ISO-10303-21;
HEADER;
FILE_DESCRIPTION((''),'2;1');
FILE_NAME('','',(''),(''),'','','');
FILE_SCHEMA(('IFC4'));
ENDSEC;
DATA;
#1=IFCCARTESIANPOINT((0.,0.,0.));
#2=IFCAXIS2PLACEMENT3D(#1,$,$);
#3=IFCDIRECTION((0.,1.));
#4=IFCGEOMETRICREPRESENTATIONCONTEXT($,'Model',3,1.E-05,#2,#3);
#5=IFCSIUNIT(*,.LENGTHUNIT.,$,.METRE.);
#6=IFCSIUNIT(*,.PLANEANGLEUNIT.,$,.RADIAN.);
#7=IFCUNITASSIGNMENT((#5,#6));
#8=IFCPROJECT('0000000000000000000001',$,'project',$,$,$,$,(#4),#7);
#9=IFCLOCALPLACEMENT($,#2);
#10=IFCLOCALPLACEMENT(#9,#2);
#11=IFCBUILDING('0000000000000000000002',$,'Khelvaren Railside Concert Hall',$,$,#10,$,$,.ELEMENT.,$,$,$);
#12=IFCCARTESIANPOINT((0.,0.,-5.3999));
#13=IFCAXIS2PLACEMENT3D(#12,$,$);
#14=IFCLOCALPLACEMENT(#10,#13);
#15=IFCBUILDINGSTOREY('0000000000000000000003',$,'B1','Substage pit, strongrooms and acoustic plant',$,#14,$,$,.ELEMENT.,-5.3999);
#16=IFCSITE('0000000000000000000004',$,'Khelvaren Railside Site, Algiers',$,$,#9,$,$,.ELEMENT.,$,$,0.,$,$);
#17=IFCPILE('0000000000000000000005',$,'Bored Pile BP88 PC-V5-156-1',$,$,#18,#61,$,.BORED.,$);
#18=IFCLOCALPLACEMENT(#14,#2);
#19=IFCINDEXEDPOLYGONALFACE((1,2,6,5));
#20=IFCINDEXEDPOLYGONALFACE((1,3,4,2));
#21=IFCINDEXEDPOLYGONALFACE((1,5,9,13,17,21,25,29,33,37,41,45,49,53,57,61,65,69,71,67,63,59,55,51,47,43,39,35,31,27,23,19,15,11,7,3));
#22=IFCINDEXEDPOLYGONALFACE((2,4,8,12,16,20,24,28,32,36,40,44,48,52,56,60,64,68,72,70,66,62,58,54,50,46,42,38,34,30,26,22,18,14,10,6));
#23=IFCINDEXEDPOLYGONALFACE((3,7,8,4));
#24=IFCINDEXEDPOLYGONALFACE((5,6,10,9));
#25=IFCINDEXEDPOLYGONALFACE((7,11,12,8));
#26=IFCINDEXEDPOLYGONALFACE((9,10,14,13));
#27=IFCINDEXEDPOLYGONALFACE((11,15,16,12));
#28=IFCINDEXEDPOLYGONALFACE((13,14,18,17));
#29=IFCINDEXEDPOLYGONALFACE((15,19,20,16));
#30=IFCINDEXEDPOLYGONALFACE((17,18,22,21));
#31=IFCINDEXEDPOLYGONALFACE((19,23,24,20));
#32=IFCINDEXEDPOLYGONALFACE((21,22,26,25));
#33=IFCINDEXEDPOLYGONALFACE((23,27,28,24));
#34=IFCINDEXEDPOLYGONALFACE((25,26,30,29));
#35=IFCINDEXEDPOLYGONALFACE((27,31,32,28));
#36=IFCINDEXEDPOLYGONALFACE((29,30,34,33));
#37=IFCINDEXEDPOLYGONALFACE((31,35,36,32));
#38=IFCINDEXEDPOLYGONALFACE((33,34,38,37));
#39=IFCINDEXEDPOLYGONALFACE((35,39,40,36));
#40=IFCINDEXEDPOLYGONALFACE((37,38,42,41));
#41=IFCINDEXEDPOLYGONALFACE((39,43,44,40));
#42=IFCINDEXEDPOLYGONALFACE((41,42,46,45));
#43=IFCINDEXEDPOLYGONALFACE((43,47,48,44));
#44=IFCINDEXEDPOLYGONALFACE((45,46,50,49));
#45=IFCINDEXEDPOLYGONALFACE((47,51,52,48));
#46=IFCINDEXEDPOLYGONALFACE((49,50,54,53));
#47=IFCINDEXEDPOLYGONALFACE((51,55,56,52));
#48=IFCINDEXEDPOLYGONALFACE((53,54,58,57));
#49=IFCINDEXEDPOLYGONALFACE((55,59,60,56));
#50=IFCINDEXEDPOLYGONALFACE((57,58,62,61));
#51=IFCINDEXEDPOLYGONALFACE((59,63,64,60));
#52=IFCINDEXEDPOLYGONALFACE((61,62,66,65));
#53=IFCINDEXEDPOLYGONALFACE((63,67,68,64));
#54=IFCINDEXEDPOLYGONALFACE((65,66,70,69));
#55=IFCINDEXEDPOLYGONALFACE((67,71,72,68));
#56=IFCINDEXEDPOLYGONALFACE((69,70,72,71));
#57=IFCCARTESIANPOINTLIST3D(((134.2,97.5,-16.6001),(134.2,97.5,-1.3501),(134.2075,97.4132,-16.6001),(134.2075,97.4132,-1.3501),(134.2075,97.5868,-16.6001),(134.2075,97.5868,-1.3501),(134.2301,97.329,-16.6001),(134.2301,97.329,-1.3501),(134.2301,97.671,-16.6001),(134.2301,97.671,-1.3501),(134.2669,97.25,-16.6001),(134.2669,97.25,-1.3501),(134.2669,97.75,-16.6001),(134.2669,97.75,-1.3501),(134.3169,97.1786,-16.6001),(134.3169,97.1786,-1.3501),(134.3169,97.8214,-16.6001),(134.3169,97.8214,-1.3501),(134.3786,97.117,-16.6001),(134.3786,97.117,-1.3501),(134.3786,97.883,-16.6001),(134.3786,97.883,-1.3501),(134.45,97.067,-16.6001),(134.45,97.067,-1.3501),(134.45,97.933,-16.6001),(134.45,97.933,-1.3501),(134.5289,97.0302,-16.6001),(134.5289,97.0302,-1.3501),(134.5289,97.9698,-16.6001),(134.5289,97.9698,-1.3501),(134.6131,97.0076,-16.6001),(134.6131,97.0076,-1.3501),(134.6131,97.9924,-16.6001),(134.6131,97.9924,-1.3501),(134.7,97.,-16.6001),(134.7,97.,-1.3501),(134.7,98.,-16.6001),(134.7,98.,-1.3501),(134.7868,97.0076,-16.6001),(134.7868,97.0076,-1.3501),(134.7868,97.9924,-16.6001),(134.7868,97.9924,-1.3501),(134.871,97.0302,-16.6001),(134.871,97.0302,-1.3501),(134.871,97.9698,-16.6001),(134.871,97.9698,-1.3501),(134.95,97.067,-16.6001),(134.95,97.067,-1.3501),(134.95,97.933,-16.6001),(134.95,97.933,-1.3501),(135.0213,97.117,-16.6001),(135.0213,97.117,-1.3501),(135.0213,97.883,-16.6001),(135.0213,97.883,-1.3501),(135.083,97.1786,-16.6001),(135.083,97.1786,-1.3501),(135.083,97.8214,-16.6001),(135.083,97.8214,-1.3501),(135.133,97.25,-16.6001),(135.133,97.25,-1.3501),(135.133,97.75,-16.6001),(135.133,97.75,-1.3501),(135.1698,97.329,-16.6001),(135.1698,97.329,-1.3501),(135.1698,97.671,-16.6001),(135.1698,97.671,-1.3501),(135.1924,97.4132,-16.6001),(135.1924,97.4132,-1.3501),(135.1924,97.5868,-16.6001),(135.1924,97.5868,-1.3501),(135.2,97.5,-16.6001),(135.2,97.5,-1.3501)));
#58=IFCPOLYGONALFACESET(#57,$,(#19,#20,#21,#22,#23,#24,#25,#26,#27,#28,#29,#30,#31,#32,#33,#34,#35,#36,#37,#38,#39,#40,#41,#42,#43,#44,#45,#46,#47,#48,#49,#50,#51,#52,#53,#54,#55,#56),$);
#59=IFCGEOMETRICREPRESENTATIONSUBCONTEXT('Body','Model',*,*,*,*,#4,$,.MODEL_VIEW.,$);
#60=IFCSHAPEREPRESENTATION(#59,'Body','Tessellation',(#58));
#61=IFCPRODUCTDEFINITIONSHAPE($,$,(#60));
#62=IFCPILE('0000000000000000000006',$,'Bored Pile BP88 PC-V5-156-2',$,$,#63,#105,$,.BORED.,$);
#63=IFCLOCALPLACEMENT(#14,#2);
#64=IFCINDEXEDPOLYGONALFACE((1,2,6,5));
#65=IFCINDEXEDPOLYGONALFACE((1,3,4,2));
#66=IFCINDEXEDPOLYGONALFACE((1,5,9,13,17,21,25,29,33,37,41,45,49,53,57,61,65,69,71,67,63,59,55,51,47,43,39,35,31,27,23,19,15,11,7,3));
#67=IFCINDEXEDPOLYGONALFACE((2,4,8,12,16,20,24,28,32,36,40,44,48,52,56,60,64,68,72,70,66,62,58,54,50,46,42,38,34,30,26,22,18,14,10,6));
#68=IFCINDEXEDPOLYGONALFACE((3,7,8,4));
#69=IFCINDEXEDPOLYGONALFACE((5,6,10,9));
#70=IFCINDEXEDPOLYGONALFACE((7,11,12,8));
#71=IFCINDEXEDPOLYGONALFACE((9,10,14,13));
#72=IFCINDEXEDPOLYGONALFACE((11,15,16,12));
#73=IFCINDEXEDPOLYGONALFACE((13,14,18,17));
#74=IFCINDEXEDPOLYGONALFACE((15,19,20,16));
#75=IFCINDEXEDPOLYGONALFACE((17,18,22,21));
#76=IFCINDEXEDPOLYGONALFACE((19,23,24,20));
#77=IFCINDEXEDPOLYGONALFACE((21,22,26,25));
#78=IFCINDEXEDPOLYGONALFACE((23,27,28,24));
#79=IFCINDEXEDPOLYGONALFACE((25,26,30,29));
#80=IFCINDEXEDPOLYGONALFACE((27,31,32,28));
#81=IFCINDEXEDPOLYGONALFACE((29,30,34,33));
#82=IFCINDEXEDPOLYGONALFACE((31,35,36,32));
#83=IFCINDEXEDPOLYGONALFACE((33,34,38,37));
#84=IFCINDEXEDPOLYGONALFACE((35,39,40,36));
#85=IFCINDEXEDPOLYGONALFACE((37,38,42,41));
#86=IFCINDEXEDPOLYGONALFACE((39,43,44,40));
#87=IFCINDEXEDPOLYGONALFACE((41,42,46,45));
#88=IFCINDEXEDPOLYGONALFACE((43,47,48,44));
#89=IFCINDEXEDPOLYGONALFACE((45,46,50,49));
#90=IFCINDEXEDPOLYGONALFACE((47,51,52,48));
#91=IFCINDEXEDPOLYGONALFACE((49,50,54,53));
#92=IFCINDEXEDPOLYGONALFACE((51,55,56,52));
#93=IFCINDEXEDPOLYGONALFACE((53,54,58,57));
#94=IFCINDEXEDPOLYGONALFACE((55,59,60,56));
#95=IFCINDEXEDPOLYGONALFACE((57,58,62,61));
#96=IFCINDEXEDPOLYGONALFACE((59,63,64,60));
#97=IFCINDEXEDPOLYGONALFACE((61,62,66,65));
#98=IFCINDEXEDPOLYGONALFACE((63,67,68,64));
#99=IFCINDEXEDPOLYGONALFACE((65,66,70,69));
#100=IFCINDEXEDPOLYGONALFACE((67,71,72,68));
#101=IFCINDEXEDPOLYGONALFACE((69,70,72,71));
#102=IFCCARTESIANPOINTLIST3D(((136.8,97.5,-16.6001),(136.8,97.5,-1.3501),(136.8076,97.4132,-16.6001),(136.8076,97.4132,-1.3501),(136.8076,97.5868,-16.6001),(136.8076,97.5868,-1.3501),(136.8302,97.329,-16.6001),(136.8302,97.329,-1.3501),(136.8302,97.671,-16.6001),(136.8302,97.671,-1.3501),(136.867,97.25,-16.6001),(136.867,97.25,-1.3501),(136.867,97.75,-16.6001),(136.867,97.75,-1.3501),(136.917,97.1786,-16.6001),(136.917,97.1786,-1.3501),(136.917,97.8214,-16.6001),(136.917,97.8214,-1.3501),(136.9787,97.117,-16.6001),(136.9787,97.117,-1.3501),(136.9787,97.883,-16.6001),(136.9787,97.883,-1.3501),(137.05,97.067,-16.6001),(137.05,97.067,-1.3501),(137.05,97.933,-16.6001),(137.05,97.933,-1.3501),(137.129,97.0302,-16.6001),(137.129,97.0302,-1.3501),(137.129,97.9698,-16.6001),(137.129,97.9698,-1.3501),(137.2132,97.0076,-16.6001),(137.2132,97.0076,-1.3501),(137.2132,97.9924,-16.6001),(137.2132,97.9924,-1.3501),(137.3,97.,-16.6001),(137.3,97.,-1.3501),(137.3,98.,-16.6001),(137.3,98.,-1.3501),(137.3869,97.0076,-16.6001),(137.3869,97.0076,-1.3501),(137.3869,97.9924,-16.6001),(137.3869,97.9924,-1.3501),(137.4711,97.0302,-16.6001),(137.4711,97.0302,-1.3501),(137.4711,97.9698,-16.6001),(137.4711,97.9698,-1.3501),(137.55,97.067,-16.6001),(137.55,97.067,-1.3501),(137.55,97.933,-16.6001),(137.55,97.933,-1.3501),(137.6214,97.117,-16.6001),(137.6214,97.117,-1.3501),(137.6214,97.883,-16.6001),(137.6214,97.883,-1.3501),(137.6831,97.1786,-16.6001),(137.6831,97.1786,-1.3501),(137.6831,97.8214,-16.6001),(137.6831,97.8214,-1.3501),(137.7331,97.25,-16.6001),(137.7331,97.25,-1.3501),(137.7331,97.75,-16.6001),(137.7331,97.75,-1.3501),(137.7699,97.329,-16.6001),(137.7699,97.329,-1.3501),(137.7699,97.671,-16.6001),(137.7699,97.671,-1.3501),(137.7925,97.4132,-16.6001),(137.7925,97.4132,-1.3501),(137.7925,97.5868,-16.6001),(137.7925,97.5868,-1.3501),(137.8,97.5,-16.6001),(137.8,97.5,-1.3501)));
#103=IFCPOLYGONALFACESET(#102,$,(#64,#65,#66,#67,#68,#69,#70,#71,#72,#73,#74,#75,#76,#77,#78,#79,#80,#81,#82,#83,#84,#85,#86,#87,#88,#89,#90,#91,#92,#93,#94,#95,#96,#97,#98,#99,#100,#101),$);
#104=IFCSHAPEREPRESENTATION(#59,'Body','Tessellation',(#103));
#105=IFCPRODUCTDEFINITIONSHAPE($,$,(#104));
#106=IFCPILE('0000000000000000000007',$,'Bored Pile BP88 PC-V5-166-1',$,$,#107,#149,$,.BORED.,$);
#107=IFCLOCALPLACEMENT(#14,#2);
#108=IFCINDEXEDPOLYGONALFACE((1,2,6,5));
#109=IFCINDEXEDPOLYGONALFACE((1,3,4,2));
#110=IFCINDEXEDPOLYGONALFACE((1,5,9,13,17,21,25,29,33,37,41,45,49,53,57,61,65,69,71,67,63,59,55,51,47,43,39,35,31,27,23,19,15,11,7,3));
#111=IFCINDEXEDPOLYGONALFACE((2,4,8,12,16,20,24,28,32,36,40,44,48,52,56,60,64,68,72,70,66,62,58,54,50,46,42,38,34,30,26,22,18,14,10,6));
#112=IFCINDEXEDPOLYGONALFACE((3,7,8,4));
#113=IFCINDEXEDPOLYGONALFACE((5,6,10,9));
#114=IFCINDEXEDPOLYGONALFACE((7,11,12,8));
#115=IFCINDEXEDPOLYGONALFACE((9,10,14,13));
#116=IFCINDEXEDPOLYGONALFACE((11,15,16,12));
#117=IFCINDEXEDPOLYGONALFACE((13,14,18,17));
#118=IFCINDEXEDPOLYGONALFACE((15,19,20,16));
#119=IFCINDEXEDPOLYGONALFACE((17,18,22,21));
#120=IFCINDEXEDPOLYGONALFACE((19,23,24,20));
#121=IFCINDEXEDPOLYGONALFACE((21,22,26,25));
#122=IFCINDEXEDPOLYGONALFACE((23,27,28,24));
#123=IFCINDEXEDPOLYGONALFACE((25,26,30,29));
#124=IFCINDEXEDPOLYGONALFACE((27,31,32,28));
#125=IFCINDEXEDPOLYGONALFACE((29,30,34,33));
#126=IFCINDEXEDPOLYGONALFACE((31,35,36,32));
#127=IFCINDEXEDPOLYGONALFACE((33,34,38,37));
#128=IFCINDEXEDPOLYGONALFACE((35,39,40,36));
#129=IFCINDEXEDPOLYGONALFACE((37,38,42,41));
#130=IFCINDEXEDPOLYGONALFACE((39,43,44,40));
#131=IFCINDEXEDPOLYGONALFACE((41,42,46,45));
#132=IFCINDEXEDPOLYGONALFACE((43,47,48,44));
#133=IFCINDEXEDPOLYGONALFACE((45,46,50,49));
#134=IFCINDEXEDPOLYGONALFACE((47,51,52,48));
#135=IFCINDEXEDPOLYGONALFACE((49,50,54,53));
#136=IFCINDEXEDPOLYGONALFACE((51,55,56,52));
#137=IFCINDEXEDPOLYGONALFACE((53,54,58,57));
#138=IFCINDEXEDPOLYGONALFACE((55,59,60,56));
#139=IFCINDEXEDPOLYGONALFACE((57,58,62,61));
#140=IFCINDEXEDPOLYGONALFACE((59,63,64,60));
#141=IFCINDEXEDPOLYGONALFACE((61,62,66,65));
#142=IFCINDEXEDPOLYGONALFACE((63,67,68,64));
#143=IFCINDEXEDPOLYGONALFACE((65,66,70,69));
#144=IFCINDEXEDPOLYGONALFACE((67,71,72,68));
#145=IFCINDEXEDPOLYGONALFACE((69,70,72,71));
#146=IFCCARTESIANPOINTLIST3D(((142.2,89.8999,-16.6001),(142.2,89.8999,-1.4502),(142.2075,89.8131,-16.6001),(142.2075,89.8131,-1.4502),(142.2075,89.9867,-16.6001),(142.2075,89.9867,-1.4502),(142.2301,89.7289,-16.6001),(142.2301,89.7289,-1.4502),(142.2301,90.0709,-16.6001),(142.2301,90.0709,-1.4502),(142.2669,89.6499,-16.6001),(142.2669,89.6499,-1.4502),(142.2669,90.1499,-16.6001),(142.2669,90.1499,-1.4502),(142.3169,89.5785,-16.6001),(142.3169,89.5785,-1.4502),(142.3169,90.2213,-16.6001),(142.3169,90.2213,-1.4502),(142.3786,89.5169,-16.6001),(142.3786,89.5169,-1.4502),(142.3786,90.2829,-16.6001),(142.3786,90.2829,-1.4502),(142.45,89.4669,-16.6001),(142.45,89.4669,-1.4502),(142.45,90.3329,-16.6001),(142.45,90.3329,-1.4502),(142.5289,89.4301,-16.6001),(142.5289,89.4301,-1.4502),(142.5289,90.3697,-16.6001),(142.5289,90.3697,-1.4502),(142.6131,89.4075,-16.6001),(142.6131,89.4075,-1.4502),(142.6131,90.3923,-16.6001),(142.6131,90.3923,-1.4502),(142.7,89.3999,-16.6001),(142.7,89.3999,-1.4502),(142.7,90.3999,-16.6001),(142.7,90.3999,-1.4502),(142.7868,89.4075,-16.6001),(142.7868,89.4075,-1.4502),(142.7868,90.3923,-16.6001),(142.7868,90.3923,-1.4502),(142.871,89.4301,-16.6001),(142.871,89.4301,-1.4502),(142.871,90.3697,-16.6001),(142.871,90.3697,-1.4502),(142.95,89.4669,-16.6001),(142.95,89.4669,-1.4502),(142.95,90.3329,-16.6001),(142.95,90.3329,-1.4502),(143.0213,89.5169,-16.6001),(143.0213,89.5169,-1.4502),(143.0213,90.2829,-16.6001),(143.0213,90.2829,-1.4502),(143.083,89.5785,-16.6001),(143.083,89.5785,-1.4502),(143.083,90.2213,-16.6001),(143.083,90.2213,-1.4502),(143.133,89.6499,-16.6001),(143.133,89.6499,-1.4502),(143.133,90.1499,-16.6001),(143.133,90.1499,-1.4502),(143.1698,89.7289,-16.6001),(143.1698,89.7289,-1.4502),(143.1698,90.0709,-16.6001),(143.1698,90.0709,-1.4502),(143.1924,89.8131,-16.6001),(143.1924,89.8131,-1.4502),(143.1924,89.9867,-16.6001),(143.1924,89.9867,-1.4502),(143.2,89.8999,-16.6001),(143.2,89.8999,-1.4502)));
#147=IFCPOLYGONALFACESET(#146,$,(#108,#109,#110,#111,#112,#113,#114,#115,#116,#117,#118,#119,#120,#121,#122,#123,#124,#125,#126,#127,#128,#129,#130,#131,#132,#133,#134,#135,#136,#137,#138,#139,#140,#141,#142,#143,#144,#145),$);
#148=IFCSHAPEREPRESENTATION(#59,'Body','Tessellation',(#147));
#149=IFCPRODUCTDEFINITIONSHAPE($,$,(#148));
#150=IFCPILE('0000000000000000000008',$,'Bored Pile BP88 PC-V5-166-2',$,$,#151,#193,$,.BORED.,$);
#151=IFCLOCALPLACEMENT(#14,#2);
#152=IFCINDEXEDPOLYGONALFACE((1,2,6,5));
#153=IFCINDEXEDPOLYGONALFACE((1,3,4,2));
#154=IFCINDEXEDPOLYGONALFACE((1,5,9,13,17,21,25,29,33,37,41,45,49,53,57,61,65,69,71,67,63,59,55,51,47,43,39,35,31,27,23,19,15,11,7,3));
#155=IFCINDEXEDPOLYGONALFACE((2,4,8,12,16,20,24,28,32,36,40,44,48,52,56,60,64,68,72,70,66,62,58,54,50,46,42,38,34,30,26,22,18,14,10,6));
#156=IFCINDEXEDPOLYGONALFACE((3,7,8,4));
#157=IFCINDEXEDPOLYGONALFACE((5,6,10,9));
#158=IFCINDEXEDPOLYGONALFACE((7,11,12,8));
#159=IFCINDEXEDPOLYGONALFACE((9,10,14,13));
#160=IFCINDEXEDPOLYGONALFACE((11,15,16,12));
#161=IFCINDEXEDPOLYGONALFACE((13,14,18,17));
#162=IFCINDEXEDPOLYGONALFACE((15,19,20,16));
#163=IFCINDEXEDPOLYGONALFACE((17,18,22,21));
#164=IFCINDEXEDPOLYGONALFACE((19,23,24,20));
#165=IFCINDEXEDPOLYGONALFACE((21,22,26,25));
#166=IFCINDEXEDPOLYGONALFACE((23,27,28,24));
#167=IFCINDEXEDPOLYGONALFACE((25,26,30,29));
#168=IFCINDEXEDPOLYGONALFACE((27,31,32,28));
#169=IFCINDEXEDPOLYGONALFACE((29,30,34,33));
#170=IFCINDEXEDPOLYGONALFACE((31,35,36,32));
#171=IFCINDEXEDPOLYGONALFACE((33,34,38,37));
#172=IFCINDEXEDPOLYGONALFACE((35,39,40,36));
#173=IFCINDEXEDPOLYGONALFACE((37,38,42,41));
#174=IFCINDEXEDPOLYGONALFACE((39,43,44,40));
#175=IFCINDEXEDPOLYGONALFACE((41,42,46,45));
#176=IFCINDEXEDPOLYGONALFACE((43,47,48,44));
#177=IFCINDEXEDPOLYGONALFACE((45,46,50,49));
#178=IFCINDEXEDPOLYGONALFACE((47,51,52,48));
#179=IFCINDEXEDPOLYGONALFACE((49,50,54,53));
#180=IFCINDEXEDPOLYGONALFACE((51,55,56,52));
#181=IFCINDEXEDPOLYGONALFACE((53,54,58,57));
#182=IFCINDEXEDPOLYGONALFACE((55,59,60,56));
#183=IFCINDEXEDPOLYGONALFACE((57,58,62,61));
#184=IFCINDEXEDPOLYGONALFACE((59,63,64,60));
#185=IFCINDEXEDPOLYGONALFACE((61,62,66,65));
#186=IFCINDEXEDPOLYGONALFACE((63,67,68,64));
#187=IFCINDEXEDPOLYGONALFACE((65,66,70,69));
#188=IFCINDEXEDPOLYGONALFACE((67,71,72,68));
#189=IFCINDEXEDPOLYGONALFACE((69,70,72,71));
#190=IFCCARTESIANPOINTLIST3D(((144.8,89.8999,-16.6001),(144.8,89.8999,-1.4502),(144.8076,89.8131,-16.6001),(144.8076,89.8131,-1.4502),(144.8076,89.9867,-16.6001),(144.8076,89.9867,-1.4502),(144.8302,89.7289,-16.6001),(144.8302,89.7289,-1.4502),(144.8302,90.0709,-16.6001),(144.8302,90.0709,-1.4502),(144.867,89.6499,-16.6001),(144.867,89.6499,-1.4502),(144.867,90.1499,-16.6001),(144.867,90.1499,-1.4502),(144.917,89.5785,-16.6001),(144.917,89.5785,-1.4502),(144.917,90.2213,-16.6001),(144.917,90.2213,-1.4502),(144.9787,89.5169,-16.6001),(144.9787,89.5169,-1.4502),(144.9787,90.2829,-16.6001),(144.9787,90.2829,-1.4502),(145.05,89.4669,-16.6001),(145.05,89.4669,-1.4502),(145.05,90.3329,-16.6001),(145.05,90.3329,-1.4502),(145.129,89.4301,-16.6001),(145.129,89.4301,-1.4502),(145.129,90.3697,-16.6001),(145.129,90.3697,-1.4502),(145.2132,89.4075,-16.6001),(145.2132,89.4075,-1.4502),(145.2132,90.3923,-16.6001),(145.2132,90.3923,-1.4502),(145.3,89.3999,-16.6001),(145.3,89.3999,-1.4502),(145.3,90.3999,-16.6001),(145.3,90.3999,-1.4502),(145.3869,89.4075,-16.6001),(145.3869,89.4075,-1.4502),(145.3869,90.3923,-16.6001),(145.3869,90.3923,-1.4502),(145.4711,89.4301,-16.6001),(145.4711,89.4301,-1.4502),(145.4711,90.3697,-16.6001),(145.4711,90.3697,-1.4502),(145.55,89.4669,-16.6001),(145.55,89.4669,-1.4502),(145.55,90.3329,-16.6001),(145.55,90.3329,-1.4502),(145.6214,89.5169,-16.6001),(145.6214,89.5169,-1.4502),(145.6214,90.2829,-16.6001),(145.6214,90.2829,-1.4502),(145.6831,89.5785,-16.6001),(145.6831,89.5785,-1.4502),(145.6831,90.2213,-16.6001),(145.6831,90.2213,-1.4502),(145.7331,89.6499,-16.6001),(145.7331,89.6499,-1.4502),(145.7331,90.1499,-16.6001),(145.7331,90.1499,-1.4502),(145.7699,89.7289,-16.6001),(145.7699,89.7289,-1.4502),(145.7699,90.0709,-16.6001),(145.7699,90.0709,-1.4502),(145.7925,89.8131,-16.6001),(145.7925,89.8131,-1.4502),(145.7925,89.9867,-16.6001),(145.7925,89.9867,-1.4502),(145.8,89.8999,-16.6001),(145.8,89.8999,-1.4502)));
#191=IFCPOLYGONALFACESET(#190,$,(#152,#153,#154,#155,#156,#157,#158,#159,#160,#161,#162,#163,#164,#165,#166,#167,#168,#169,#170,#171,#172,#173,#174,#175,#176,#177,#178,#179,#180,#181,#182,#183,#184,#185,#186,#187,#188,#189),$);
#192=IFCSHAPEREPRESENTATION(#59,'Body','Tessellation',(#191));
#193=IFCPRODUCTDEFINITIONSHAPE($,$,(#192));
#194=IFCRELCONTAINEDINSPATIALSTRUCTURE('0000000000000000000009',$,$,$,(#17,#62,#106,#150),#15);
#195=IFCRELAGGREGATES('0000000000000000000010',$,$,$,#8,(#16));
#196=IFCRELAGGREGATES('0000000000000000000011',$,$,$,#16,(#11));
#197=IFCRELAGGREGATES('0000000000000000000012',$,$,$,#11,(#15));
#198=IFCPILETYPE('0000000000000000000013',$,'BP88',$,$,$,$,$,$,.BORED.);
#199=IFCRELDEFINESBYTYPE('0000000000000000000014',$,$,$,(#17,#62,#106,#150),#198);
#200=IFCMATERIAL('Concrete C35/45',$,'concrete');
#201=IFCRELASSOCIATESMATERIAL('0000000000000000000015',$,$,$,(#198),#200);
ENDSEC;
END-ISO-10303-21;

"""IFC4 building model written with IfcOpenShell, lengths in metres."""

from ifc_helpers import new_model, si_unit, direction, frame, origin, origin_2d, place, context, subcontext, project, spatial, circle, extrude, material, material_profile, profile_set, type_object, element, save


model = new_model("IFC4")

# Units and contexts
model_context = context("Model", 3, precision=1e-05, world=origin(), true_north=direction((0.0, 1.0)))
body_context = subcontext(model_context, "Body", "Model", "MODEL_VIEW")
ifc_project = project(units=[si_unit("LENGTHUNIT", "METRE"), si_unit("PLANEANGLEUNIT", "RADIAN")], contexts=[model_context])

# Site, building, storey
site_placement = place(None, origin())
site = spatial("IfcSite", under=ifc_project, at=site_placement, Name="Khelvaren Railside Site, Algiers", CompositionType="ELEMENT", RefElevation=0.0)
building_placement = place(site_placement, origin())
building = spatial("IfcBuilding", under=site, at=building_placement, Name="Khelvaren Railside Concert Hall", CompositionType="ELEMENT")
storey_placement = place(building_placement, frame((0.0, 0.0, -5.3999)))
storey = spatial("IfcBuildingStorey", under=building, at=storey_placement, Name="B1", Description="Substage pit, strongrooms and acoustic plant", CompositionType="ELEMENT", Elevation=-5.3999)

# Piles
ifc_material_1 = material(Name="Concrete C35/45", Category="concrete")
ifc_material_profile_1 = material_profile(ifc_material_1, circle(Radius=0.5, at=origin_2d()), Name="BP D1000")
ifc_profile_set_1 = profile_set([ifc_material_profile_1], Name="Concrete C35/45")
pile_type_1 = type_object("IfcPileType", Name="BP88", PredefinedType="BORED", material=ifc_profile_set_1)
for number, where, z_axis, x_axis, name in (
    (1, (134.7, 97.5, -1.3501), (0.0, 0.0, -1.0), (1.0, 0.0, 0.0), "Bored Pile BP88 PC-V5-156-1"),
    (2, (137.3, 97.5, -1.3501), (0.0, 0.0, -1.0), (1.0, 0.0, 0.0), "Bored Pile BP88 PC-V5-156-2"),
):
    element("IfcPile", number, at=place(storey_placement, frame(where, z_axis=z_axis, x_axis=x_axis)), inside=storey, type_object=pile_type_1, Name=name, PredefinedType="BORED", context=body_context, shape_type="SweptSolid", body=[
        extrude(circle(Radius=0.5, at=origin_2d()), origin(), (0.0, 0.0, 1.0), 15.25),
    ])
for number, where, z_axis, x_axis, name in (
    (3, (142.7, 89.8999, -1.4502), (0.0, 0.0, -1.0), (1.0, 0.0, 0.0), "Bored Pile BP88 PC-V5-166-1"),
    (4, (145.3, 89.8999, -1.4502), (0.0, 0.0, -1.0), (1.0, 0.0, 0.0), "Bored Pile BP88 PC-V5-166-2"),
):
    element("IfcPile", number, at=place(storey_placement, frame(where, z_axis=z_axis, x_axis=x_axis)), inside=storey, type_object=pile_type_1, Name=name, PredefinedType="BORED", context=body_context, shape_type="SweptSolid", body=[
        extrude(circle(Radius=0.5, at=origin_2d()), origin(), (0.0, 0.0, 1.0), 15.1499),
    ])

save(model, "model.ifc")
